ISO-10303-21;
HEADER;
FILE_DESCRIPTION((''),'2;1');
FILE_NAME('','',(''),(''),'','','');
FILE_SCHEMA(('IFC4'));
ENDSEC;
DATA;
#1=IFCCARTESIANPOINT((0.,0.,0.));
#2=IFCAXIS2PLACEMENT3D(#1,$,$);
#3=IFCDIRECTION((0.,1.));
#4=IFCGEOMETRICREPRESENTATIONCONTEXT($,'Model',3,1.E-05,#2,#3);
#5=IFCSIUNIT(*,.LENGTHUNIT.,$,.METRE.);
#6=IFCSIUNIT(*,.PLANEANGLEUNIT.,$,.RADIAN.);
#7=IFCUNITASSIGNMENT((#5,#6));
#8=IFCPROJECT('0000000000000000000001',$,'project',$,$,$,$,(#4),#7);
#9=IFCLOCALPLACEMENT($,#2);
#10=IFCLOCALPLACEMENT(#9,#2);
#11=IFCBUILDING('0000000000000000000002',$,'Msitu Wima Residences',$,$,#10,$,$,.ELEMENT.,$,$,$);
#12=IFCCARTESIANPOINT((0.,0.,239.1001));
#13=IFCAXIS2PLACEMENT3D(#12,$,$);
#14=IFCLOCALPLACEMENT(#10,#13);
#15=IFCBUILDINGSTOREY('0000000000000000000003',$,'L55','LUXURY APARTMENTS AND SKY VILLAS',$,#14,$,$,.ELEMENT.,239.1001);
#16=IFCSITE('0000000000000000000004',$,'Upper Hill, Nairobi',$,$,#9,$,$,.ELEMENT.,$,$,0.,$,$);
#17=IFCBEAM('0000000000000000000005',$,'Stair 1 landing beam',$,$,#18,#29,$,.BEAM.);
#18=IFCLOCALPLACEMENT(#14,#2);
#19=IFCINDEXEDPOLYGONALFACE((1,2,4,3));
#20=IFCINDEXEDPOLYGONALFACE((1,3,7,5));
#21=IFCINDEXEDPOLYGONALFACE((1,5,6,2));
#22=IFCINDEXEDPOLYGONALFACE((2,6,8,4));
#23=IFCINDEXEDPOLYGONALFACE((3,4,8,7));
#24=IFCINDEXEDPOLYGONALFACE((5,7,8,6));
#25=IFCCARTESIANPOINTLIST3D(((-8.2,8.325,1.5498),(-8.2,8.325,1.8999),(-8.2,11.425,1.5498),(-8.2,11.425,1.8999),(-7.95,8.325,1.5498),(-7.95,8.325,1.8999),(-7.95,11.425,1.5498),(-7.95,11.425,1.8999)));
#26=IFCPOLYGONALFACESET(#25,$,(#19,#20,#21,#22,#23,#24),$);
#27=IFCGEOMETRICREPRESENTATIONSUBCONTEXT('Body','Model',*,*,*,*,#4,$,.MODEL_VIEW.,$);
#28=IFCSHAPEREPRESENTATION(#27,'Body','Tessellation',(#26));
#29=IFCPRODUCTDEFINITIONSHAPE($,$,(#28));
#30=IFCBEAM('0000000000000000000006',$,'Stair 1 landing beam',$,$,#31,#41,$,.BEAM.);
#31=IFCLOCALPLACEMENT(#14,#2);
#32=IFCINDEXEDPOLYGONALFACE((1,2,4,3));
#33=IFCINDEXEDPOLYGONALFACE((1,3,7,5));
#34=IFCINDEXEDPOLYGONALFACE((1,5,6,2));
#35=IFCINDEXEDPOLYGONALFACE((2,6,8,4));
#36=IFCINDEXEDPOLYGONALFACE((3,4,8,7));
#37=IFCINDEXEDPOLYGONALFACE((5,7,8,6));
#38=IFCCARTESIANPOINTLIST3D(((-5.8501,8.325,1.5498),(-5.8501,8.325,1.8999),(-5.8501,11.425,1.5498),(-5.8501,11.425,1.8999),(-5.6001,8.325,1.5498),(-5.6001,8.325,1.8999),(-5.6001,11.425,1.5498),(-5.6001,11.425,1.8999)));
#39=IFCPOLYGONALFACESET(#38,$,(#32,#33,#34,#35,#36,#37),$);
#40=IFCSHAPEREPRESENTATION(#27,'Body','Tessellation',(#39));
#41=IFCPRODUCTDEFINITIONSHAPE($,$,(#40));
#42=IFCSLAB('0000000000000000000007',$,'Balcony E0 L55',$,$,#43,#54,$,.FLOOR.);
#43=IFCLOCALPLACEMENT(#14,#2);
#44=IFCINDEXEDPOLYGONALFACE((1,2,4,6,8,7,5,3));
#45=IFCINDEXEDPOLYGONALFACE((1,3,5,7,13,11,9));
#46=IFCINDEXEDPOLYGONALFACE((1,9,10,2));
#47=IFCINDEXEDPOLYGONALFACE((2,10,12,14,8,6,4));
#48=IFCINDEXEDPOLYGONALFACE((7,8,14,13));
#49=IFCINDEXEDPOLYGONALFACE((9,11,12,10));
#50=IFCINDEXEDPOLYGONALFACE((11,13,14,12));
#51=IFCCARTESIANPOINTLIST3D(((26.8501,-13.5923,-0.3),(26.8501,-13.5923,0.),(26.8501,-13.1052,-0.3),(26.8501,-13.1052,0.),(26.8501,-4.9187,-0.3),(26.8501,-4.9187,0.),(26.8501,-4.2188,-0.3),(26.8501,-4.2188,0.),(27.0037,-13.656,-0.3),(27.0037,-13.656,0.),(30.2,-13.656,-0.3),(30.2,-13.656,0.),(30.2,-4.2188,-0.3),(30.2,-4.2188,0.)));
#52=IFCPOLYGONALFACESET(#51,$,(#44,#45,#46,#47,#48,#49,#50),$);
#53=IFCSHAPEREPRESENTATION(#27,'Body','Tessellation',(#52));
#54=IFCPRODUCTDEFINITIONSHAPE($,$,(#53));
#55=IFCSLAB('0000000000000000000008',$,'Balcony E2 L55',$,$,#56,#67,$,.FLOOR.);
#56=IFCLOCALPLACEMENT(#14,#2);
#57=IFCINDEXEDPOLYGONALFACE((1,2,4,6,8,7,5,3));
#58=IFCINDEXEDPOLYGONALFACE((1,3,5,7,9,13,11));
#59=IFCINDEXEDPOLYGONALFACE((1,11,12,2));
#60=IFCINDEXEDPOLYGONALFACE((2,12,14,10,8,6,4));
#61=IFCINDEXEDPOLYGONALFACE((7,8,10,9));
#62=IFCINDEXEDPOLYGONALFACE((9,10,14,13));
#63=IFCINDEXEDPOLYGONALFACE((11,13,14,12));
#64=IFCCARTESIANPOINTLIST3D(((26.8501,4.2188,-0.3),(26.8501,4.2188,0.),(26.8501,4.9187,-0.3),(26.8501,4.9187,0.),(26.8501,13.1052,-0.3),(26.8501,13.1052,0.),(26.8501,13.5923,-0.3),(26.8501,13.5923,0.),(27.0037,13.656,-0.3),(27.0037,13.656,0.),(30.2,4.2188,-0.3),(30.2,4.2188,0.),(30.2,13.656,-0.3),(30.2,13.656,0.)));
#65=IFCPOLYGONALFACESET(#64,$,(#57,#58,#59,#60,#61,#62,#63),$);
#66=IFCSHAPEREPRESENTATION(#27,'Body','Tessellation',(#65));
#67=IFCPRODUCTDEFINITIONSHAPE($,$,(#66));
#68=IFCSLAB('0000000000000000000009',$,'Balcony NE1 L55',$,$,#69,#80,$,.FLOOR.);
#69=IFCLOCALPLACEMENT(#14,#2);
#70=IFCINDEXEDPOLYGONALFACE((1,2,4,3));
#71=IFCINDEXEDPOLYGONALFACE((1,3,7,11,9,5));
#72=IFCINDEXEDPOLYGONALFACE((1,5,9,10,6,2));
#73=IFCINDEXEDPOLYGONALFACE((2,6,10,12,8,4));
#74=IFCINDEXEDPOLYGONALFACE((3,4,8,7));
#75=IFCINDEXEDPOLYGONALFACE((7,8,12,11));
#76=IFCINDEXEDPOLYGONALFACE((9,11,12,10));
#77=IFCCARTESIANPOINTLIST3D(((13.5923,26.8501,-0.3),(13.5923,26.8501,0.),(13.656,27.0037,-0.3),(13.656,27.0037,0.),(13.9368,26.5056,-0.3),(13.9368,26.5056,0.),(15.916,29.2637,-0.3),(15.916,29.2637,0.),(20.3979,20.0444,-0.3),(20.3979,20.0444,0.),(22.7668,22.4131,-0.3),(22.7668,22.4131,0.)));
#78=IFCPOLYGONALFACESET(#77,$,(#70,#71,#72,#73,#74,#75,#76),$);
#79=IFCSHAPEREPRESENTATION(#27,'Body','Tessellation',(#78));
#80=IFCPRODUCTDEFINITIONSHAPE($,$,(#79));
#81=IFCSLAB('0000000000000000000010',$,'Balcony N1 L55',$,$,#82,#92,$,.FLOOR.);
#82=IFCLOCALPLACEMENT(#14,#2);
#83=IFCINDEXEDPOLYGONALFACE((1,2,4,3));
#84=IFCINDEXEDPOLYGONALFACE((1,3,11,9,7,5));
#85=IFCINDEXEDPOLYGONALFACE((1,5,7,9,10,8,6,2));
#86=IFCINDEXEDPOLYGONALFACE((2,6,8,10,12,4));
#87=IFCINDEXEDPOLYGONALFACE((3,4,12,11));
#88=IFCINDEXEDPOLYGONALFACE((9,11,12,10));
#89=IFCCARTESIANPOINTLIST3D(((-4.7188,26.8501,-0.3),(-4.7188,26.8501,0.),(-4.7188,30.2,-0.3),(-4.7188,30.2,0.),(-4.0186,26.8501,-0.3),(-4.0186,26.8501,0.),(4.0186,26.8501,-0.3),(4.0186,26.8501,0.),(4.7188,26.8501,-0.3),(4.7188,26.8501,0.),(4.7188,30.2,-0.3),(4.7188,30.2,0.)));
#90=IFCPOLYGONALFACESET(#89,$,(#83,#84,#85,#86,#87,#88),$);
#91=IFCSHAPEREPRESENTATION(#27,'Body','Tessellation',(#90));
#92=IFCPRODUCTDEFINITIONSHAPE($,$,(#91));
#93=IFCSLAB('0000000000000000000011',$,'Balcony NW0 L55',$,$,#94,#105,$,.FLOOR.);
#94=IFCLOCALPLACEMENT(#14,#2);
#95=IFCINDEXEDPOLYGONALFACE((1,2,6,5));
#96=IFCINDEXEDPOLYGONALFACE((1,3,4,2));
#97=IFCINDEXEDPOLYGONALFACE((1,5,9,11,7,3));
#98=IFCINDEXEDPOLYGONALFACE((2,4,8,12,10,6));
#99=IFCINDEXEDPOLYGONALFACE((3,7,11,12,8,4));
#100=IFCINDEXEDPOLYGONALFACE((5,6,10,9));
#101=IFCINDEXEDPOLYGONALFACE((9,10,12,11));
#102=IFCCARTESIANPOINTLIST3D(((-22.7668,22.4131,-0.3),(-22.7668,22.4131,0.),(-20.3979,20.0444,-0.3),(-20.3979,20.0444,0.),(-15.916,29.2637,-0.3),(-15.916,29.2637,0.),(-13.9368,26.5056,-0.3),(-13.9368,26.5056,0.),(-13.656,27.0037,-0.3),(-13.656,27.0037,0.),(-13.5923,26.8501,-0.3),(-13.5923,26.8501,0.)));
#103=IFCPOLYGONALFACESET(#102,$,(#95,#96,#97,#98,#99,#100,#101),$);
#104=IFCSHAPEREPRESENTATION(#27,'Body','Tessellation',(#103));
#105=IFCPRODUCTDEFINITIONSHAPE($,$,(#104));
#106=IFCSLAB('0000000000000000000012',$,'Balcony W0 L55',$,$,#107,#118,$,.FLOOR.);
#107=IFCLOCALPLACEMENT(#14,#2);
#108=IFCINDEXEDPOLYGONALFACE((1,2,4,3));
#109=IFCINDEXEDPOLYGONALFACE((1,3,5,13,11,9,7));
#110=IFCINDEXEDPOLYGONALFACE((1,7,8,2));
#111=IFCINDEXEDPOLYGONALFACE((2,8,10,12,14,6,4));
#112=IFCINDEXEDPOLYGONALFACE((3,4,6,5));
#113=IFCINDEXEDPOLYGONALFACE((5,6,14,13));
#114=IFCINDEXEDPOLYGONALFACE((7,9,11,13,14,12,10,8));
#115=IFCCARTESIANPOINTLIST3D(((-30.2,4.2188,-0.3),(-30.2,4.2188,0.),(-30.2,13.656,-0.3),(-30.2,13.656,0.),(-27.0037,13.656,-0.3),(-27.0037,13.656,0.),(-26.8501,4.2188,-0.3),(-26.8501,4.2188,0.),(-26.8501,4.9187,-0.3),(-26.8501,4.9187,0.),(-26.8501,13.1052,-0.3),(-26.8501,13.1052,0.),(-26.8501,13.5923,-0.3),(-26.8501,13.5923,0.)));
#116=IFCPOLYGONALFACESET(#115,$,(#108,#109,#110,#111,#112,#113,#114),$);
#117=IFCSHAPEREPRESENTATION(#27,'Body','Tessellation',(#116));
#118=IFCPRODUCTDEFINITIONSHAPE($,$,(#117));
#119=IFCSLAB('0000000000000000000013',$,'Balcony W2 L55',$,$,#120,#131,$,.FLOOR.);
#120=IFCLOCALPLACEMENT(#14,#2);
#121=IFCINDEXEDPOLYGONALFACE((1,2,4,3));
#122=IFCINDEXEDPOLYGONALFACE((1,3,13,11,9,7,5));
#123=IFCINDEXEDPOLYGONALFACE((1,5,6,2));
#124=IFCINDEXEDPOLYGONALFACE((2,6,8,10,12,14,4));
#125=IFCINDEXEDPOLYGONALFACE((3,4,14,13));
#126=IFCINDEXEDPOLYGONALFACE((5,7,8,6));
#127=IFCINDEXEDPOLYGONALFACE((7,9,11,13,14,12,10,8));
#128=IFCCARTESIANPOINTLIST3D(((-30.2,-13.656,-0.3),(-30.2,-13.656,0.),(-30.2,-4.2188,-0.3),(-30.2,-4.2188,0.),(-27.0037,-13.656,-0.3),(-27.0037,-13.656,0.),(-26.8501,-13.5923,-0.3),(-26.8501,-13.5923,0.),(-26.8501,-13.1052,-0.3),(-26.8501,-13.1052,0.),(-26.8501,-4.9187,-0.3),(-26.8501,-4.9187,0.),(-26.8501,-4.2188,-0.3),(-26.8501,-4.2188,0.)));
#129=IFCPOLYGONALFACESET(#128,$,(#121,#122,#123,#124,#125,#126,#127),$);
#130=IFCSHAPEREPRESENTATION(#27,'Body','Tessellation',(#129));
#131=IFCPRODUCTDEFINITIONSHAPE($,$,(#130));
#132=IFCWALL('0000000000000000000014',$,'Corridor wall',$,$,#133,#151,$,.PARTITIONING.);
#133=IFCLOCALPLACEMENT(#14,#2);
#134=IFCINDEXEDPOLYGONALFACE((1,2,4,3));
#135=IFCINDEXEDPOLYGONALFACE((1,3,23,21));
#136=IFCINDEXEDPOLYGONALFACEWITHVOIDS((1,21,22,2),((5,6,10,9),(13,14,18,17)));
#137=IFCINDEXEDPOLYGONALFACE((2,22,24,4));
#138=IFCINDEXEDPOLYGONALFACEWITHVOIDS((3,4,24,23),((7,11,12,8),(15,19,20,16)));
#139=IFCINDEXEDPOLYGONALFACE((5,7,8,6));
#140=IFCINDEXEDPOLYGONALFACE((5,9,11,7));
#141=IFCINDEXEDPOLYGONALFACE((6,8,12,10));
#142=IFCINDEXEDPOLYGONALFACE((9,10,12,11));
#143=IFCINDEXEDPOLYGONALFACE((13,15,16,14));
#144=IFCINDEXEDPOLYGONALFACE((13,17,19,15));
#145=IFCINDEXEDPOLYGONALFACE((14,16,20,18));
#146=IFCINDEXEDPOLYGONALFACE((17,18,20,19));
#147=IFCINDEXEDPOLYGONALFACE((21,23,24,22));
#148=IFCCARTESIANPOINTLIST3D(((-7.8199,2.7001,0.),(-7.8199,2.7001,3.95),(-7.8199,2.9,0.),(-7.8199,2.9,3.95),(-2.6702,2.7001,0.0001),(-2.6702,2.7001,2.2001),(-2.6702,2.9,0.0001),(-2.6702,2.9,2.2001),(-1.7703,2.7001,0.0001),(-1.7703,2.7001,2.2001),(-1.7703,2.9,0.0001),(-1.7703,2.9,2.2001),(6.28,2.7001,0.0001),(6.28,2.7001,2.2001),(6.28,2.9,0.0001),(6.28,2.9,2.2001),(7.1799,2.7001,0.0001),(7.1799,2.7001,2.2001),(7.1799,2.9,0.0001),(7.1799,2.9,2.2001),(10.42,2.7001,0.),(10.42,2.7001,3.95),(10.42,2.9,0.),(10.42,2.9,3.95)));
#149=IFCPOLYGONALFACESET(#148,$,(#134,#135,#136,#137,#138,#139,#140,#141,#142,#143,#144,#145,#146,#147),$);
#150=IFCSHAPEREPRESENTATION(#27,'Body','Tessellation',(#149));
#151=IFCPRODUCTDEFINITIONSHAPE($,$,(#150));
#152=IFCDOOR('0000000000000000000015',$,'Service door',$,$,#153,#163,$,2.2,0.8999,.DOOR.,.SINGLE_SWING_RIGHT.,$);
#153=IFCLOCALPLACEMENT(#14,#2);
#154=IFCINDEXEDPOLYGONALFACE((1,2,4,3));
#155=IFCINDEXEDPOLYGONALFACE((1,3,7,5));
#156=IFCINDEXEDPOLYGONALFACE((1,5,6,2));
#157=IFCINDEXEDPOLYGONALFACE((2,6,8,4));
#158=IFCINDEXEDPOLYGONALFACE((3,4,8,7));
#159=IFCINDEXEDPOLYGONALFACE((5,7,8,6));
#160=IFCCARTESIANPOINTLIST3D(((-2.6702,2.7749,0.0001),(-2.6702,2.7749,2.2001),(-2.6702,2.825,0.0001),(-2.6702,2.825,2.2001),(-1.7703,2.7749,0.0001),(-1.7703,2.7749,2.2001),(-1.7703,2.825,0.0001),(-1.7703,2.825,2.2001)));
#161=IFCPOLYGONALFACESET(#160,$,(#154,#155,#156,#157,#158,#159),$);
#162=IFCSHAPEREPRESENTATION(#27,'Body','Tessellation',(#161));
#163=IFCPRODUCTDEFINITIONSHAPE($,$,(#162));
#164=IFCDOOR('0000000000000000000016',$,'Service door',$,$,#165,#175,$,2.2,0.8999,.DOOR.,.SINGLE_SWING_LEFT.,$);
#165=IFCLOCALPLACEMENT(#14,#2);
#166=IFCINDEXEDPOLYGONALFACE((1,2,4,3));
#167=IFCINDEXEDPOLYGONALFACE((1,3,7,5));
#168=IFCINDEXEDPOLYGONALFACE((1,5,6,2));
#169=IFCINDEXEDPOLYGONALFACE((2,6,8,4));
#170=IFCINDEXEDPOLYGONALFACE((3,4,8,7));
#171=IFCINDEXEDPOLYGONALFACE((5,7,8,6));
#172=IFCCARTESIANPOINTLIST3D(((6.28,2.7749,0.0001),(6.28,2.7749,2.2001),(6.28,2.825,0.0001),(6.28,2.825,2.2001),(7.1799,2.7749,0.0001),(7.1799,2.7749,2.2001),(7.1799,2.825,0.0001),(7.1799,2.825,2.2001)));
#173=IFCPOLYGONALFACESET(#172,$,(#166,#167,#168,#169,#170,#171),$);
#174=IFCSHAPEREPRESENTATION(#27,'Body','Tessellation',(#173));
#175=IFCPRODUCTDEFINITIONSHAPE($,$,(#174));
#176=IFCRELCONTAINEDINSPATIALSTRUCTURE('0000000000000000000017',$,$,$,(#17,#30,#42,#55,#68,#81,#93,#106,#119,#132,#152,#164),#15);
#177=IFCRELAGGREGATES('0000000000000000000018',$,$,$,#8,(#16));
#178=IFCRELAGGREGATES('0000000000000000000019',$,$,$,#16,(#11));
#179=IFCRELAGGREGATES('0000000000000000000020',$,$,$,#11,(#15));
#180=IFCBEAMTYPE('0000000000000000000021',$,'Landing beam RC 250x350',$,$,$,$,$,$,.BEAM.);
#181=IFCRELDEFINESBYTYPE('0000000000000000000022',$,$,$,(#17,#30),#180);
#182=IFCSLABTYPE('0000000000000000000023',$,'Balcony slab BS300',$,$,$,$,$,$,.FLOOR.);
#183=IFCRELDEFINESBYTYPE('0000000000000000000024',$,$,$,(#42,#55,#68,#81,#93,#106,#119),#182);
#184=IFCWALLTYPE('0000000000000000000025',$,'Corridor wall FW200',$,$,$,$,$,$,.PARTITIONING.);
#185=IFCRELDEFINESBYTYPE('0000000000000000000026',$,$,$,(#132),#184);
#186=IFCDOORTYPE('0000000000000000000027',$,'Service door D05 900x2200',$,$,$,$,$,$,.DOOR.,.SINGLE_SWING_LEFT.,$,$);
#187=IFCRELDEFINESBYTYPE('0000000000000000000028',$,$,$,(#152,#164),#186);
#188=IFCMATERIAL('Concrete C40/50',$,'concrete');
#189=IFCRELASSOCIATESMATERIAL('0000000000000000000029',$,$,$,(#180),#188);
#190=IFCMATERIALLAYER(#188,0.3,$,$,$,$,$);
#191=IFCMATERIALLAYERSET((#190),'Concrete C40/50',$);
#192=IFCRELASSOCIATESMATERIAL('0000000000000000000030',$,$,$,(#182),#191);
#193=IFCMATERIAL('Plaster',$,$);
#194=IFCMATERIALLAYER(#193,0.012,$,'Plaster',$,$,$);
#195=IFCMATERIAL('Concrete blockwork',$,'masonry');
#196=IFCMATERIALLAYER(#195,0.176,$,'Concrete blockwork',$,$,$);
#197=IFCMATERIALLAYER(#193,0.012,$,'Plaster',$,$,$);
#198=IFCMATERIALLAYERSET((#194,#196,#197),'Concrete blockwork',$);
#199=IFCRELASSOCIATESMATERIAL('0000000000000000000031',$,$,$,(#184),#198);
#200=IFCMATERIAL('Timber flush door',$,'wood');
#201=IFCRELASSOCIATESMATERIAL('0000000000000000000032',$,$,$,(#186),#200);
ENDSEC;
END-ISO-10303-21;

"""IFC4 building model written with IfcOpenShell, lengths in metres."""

from ifc_helpers import new_model, si_unit, direction, frame, frame_2d, origin, origin_2d, place, context, subcontext, project, spatial, polyline, rectangle, outline, extrude, material, layer, layer_set, material_profile, profile_set, type_object, element, fill, save


model = new_model("IFC4")

# Units and contexts
model_context = context("Model", 3, precision=1e-05, world=origin(), true_north=direction((0.0, 1.0)))
body_context = subcontext(model_context, "Body", "Model", "MODEL_VIEW")
ifc_project = project(units=[si_unit("LENGTHUNIT", "METRE"), si_unit("PLANEANGLEUNIT", "RADIAN")], contexts=[model_context])

# Site, building, storey
site_placement = place(None, origin())
site = spatial("IfcSite", under=ifc_project, at=site_placement, Name="Upper Hill, Nairobi", CompositionType="ELEMENT", RefElevation=0.0)
building_placement = place(site_placement, origin())
building = spatial("IfcBuilding", under=site, at=building_placement, Name="Msitu Wima Residences", CompositionType="ELEMENT")
storey_placement = place(building_placement, frame((0.0, 0.0, 239.1001)))
storey = spatial("IfcBuildingStorey", under=building, at=storey_placement, Name="L55", Description="LUXURY APARTMENTS AND SKY VILLAS", CompositionType="ELEMENT", Elevation=239.1001)

# Beams
ifc_material_1 = material(Name="Concrete C40/50", Category="concrete")
ifc_material_profile = material_profile(ifc_material_1, rectangle(XDim=0.25, YDim=0.3501, at=origin_2d()), Name="RC 250x350")
ifc_profile_set = profile_set([ifc_material_profile], Name="Concrete C40/50")
beam_type = type_object("IfcBeamType", Name="Landing beam RC 250x350", PredefinedType="BEAM", material=ifc_profile_set)
for number, where, z_axis, x_axis, name in (
    (1, (-8.075, 8.325, 1.7249), (0.0, 1.0, 0.0), (-1.0, 0.0, 0.0), "Stair 1 landing beam"),
    (2, (-5.7251, 8.325, 1.7249), (0.0, 1.0, 0.0), (-1.0, 0.0, 0.0), "Stair 1 landing beam"),
):
    element("IfcBeam", number, at=place(storey_placement, frame(where, z_axis=z_axis, x_axis=x_axis)), inside=storey, type_object=beam_type, Name=name, PredefinedType="BEAM", context=body_context, shape_type="SweptSolid", body=[
        extrude(rectangle(XDim=0.25, YDim=0.3501, at=origin_2d()), origin(), (0.0, 0.0, 1.0), 3.1001),
    ])

# Slabs
ifc_layer_1 = layer(ifc_material_1, 0.3)
ifc_layer_set_1 = layer_set([ifc_layer_1], Name="Concrete C40/50")
slab_type = type_object("IfcSlabType", Name="Balcony slab BS300", PredefinedType="FLOOR", material=ifc_layer_set_1)
slab_1_placement = place(storey_placement, frame((0.0, 0.0, -0.3)))
element("IfcSlab", 3, at=slab_1_placement, inside=storey, type_object=slab_type, Name="Balcony E0 L55", PredefinedType="FLOOR", context=body_context, shape_type="SweptSolid", body=[
    extrude(outline(polyline([(26.8501, -13.1052), (26.8501, -13.1052), (26.8501, -4.9187), (26.8501, -4.2188), (30.2, -4.2188), (30.2, -13.656), (27.0037, -13.656), (26.8501, -13.5923), (26.8501, -13.1052), (26.8501, -13.1052)])), origin(), (0.0, 0.0, 1.0), 0.3),
])
slab_2_placement = place(storey_placement, frame((0.0, 0.0, -0.3)))
element("IfcSlab", 4, at=slab_2_placement, inside=storey, type_object=slab_type, Name="Balcony E2 L55", PredefinedType="FLOOR", context=body_context, shape_type="SweptSolid", body=[
    extrude(outline(polyline([(26.8501, 13.1052), (26.8501, 13.1052), (26.8501, 13.1052), (26.8501, 13.5923), (27.0037, 13.656), (30.2, 13.656), (30.2, 4.2188), (26.8501, 4.2188), (26.8501, 4.9187), (26.8501, 13.1052)])), origin(), (0.0, 0.0, 1.0), 0.3),
])
slab_3_placement = place(storey_placement, frame((0.0, 0.0, -0.3)))
element("IfcSlab", 5, at=slab_3_placement, inside=storey, type_object=slab_type, Name="Balcony NE1 L55", PredefinedType="FLOOR", context=body_context, shape_type="SweptSolid", body=[
    extrude(outline(polyline([(13.9368, 26.5056), (13.9368, 26.5056), (13.5923, 26.8501), (13.656, 27.0037), (15.916, 29.2637), (22.7668, 22.4131), (20.3979, 20.0444), (13.9368, 26.5056), (13.9368, 26.5056)])), origin(), (0.0, 0.0, 1.0), 0.3),
])
slab_4_placement = place(storey_placement, frame((0.0, 0.0, -0.3)))
element("IfcSlab", 6, at=slab_4_placement, inside=storey, type_object=slab_type, Name="Balcony N1 L55", PredefinedType="FLOOR", context=body_context, shape_type="SweptSolid", body=[
    extrude(outline(polyline([(4.0186, 26.8501), (-4.0186, 26.8501), (-4.7188, 26.8501), (-4.7188, 30.2), (4.7188, 30.2), (4.7188, 26.8501), (4.0186, 26.8501)])), origin(), (0.0, 0.0, 1.0), 0.3),
])
slab_5_placement = place(storey_placement, frame((0.0, 0.0, -0.3)))
element("IfcSlab", 7, at=slab_5_placement, inside=storey, type_object=slab_type, Name="Balcony NW0 L55", PredefinedType="FLOOR", context=body_context, shape_type="SweptSolid", body=[
    extrude(outline(polyline([(-13.9368, 26.5056), (-13.9368, 26.5056), (-20.3979, 20.0444), (-22.7668, 22.4131), (-15.916, 29.2637), (-13.656, 27.0037), (-13.5923, 26.8501), (-13.9368, 26.5056), (-13.9368, 26.5056)])), origin(), (0.0, 0.0, 1.0), 0.3),
])
slab_6_placement = place(storey_placement, frame((0.0, 0.0, -0.3)))
element("IfcSlab", 8, at=slab_6_placement, inside=storey, type_object=slab_type, Name="Balcony W0 L55", PredefinedType="FLOOR", context=body_context, shape_type="SweptSolid", body=[
    extrude(outline(polyline([(-26.8501, 13.1052), (-26.8501, 13.1052), (-26.8501, 4.9187), (-26.8501, 4.2188), (-30.2, 4.2188), (-30.2, 13.656), (-27.0037, 13.656), (-26.8501, 13.5923), (-26.8501, 13.1052), (-26.8501, 13.1052)])), origin(), (0.0, 0.0, 1.0), 0.3),
])
slab_7_placement = place(storey_placement, frame((0.0, 0.0, -0.3)))
element("IfcSlab", 9, at=slab_7_placement, inside=storey, type_object=slab_type, Name="Balcony W2 L55", PredefinedType="FLOOR", context=body_context, shape_type="SweptSolid", body=[
    extrude(outline(polyline([(-26.8501, -13.1052), (-26.8501, -13.1052), (-26.8501, -13.1052), (-26.8501, -13.5923), (-27.0037, -13.656), (-30.2, -13.656), (-30.2, -4.2188), (-26.8501, -4.2188), (-26.8501, -4.9187), (-26.8501, -13.1052)])), origin(), (0.0, 0.0, 1.0), 0.3),
])

# Wall, openings, doors
ifc_material_2 = material(Name="Plaster")
ifc_layer_2 = layer(ifc_material_2, 0.012, Name="Plaster")
ifc_material_3 = material(Name="Concrete blockwork", Category="masonry")
ifc_layer_3 = layer(ifc_material_3, 0.176, Name="Concrete blockwork")
ifc_layer_4 = layer(ifc_material_2, 0.012, Name="Plaster")
ifc_layer_set_2 = layer_set([ifc_layer_2, ifc_layer_3, ifc_layer_4], Name="Concrete blockwork")
wall_type_1 = type_object("IfcWallType", Name="Corridor wall FW200", PredefinedType="PARTITIONING", material=ifc_layer_set_2)
wall_1_placement = place(storey_placement, frame((-7.8201, 2.8, 0.0), z_axis=(0.0, 0.0, 1.0), x_axis=(1.0, 0.0, 0.0)))
wall_1 = element("IfcWall", 10, at=wall_1_placement, inside=storey, type_object=wall_type_1, Name="Corridor wall", PredefinedType="PARTITIONING", context=body_context, shape_type="SweptSolid", body=[
    extrude(rectangle(XDim=18.24, YDim=0.2, at=frame_2d((9.1201, 0.0))), origin(), (0.0, 0.0, 1.0), 3.95),
])
opening_1_placement = place(wall_1_placement, frame((5.1499, 0.0, 0.0)))
opening_1 = element("IfcOpeningElement", 11, at=opening_1_placement, cuts=wall_1, PredefinedType="OPENING", context=body_context, shape_type="SweptSolid", body=[
    extrude(rectangle(XDim=0.8999, YDim=2.2, at=frame_2d((0.45, 1.1001))), frame((0.0, 0.1099, 0.0), z_axis=(0.0, -1.0, 0.0), x_axis=(1.0, 0.0, 0.0)), (0.0, 0.0, 1.0), 0.22),
])
opening_2_placement = place(wall_1_placement, frame((14.1001, 0.0, 0.0)))
opening_2 = element("IfcOpeningElement", 12, at=opening_2_placement, cuts=wall_1, PredefinedType="OPENING", context=body_context, shape_type="SweptSolid", body=[
    extrude(rectangle(XDim=0.8999, YDim=2.2, at=frame_2d((0.45, 1.1001))), frame((0.0, 0.1099, 0.0), z_axis=(0.0, -1.0, 0.0), x_axis=(1.0, 0.0, 0.0)), (0.0, 0.0, 1.0), 0.22),
])
ifc_material_4 = material(Name="Timber flush door", Category="wood")
door_type_1 = type_object("IfcDoorType", Name="Service door D05 900x2200", OperationType="SINGLE_SWING_LEFT", PredefinedType="DOOR", material=ifc_material_4)
door_1_placement = place(opening_1_placement, origin())
door_1 = element("IfcDoor", 13, at=door_1_placement, inside=storey, type_object=door_type_1, Name="Service door", OperationType="SINGLE_SWING_RIGHT", OverallHeight=2.2, OverallWidth=0.8999, PredefinedType="DOOR", context=body_context, shape_type="SweptSolid", body=[
    extrude(rectangle(XDim=0.8999, YDim=2.2, at=frame_2d((0.45, 1.1001))), frame((0.0, 0.0249, 0.0), z_axis=(0.0, -1.0, 0.0), x_axis=(1.0, 0.0, 0.0)), (0.0, 0.0, 1.0), 0.05),
])
fill(opening_1, door_1)
door_2_placement = place(opening_2_placement, origin())
door_2 = element("IfcDoor", 14, at=door_2_placement, inside=storey, type_object=door_type_1, Name="Service door", OperationType="SINGLE_SWING_LEFT", OverallHeight=2.2, OverallWidth=0.8999, PredefinedType="DOOR", context=body_context, shape_type="SweptSolid", body=[
    extrude(rectangle(XDim=0.8999, YDim=2.2, at=frame_2d((0.45, 1.1001))), frame((0.0, 0.0249, 0.0), z_axis=(0.0, -1.0, 0.0), x_axis=(1.0, 0.0, 0.0)), (0.0, 0.0, 1.0), 0.05),
])
fill(opening_2, door_2)

save(model, "model.ifc")
